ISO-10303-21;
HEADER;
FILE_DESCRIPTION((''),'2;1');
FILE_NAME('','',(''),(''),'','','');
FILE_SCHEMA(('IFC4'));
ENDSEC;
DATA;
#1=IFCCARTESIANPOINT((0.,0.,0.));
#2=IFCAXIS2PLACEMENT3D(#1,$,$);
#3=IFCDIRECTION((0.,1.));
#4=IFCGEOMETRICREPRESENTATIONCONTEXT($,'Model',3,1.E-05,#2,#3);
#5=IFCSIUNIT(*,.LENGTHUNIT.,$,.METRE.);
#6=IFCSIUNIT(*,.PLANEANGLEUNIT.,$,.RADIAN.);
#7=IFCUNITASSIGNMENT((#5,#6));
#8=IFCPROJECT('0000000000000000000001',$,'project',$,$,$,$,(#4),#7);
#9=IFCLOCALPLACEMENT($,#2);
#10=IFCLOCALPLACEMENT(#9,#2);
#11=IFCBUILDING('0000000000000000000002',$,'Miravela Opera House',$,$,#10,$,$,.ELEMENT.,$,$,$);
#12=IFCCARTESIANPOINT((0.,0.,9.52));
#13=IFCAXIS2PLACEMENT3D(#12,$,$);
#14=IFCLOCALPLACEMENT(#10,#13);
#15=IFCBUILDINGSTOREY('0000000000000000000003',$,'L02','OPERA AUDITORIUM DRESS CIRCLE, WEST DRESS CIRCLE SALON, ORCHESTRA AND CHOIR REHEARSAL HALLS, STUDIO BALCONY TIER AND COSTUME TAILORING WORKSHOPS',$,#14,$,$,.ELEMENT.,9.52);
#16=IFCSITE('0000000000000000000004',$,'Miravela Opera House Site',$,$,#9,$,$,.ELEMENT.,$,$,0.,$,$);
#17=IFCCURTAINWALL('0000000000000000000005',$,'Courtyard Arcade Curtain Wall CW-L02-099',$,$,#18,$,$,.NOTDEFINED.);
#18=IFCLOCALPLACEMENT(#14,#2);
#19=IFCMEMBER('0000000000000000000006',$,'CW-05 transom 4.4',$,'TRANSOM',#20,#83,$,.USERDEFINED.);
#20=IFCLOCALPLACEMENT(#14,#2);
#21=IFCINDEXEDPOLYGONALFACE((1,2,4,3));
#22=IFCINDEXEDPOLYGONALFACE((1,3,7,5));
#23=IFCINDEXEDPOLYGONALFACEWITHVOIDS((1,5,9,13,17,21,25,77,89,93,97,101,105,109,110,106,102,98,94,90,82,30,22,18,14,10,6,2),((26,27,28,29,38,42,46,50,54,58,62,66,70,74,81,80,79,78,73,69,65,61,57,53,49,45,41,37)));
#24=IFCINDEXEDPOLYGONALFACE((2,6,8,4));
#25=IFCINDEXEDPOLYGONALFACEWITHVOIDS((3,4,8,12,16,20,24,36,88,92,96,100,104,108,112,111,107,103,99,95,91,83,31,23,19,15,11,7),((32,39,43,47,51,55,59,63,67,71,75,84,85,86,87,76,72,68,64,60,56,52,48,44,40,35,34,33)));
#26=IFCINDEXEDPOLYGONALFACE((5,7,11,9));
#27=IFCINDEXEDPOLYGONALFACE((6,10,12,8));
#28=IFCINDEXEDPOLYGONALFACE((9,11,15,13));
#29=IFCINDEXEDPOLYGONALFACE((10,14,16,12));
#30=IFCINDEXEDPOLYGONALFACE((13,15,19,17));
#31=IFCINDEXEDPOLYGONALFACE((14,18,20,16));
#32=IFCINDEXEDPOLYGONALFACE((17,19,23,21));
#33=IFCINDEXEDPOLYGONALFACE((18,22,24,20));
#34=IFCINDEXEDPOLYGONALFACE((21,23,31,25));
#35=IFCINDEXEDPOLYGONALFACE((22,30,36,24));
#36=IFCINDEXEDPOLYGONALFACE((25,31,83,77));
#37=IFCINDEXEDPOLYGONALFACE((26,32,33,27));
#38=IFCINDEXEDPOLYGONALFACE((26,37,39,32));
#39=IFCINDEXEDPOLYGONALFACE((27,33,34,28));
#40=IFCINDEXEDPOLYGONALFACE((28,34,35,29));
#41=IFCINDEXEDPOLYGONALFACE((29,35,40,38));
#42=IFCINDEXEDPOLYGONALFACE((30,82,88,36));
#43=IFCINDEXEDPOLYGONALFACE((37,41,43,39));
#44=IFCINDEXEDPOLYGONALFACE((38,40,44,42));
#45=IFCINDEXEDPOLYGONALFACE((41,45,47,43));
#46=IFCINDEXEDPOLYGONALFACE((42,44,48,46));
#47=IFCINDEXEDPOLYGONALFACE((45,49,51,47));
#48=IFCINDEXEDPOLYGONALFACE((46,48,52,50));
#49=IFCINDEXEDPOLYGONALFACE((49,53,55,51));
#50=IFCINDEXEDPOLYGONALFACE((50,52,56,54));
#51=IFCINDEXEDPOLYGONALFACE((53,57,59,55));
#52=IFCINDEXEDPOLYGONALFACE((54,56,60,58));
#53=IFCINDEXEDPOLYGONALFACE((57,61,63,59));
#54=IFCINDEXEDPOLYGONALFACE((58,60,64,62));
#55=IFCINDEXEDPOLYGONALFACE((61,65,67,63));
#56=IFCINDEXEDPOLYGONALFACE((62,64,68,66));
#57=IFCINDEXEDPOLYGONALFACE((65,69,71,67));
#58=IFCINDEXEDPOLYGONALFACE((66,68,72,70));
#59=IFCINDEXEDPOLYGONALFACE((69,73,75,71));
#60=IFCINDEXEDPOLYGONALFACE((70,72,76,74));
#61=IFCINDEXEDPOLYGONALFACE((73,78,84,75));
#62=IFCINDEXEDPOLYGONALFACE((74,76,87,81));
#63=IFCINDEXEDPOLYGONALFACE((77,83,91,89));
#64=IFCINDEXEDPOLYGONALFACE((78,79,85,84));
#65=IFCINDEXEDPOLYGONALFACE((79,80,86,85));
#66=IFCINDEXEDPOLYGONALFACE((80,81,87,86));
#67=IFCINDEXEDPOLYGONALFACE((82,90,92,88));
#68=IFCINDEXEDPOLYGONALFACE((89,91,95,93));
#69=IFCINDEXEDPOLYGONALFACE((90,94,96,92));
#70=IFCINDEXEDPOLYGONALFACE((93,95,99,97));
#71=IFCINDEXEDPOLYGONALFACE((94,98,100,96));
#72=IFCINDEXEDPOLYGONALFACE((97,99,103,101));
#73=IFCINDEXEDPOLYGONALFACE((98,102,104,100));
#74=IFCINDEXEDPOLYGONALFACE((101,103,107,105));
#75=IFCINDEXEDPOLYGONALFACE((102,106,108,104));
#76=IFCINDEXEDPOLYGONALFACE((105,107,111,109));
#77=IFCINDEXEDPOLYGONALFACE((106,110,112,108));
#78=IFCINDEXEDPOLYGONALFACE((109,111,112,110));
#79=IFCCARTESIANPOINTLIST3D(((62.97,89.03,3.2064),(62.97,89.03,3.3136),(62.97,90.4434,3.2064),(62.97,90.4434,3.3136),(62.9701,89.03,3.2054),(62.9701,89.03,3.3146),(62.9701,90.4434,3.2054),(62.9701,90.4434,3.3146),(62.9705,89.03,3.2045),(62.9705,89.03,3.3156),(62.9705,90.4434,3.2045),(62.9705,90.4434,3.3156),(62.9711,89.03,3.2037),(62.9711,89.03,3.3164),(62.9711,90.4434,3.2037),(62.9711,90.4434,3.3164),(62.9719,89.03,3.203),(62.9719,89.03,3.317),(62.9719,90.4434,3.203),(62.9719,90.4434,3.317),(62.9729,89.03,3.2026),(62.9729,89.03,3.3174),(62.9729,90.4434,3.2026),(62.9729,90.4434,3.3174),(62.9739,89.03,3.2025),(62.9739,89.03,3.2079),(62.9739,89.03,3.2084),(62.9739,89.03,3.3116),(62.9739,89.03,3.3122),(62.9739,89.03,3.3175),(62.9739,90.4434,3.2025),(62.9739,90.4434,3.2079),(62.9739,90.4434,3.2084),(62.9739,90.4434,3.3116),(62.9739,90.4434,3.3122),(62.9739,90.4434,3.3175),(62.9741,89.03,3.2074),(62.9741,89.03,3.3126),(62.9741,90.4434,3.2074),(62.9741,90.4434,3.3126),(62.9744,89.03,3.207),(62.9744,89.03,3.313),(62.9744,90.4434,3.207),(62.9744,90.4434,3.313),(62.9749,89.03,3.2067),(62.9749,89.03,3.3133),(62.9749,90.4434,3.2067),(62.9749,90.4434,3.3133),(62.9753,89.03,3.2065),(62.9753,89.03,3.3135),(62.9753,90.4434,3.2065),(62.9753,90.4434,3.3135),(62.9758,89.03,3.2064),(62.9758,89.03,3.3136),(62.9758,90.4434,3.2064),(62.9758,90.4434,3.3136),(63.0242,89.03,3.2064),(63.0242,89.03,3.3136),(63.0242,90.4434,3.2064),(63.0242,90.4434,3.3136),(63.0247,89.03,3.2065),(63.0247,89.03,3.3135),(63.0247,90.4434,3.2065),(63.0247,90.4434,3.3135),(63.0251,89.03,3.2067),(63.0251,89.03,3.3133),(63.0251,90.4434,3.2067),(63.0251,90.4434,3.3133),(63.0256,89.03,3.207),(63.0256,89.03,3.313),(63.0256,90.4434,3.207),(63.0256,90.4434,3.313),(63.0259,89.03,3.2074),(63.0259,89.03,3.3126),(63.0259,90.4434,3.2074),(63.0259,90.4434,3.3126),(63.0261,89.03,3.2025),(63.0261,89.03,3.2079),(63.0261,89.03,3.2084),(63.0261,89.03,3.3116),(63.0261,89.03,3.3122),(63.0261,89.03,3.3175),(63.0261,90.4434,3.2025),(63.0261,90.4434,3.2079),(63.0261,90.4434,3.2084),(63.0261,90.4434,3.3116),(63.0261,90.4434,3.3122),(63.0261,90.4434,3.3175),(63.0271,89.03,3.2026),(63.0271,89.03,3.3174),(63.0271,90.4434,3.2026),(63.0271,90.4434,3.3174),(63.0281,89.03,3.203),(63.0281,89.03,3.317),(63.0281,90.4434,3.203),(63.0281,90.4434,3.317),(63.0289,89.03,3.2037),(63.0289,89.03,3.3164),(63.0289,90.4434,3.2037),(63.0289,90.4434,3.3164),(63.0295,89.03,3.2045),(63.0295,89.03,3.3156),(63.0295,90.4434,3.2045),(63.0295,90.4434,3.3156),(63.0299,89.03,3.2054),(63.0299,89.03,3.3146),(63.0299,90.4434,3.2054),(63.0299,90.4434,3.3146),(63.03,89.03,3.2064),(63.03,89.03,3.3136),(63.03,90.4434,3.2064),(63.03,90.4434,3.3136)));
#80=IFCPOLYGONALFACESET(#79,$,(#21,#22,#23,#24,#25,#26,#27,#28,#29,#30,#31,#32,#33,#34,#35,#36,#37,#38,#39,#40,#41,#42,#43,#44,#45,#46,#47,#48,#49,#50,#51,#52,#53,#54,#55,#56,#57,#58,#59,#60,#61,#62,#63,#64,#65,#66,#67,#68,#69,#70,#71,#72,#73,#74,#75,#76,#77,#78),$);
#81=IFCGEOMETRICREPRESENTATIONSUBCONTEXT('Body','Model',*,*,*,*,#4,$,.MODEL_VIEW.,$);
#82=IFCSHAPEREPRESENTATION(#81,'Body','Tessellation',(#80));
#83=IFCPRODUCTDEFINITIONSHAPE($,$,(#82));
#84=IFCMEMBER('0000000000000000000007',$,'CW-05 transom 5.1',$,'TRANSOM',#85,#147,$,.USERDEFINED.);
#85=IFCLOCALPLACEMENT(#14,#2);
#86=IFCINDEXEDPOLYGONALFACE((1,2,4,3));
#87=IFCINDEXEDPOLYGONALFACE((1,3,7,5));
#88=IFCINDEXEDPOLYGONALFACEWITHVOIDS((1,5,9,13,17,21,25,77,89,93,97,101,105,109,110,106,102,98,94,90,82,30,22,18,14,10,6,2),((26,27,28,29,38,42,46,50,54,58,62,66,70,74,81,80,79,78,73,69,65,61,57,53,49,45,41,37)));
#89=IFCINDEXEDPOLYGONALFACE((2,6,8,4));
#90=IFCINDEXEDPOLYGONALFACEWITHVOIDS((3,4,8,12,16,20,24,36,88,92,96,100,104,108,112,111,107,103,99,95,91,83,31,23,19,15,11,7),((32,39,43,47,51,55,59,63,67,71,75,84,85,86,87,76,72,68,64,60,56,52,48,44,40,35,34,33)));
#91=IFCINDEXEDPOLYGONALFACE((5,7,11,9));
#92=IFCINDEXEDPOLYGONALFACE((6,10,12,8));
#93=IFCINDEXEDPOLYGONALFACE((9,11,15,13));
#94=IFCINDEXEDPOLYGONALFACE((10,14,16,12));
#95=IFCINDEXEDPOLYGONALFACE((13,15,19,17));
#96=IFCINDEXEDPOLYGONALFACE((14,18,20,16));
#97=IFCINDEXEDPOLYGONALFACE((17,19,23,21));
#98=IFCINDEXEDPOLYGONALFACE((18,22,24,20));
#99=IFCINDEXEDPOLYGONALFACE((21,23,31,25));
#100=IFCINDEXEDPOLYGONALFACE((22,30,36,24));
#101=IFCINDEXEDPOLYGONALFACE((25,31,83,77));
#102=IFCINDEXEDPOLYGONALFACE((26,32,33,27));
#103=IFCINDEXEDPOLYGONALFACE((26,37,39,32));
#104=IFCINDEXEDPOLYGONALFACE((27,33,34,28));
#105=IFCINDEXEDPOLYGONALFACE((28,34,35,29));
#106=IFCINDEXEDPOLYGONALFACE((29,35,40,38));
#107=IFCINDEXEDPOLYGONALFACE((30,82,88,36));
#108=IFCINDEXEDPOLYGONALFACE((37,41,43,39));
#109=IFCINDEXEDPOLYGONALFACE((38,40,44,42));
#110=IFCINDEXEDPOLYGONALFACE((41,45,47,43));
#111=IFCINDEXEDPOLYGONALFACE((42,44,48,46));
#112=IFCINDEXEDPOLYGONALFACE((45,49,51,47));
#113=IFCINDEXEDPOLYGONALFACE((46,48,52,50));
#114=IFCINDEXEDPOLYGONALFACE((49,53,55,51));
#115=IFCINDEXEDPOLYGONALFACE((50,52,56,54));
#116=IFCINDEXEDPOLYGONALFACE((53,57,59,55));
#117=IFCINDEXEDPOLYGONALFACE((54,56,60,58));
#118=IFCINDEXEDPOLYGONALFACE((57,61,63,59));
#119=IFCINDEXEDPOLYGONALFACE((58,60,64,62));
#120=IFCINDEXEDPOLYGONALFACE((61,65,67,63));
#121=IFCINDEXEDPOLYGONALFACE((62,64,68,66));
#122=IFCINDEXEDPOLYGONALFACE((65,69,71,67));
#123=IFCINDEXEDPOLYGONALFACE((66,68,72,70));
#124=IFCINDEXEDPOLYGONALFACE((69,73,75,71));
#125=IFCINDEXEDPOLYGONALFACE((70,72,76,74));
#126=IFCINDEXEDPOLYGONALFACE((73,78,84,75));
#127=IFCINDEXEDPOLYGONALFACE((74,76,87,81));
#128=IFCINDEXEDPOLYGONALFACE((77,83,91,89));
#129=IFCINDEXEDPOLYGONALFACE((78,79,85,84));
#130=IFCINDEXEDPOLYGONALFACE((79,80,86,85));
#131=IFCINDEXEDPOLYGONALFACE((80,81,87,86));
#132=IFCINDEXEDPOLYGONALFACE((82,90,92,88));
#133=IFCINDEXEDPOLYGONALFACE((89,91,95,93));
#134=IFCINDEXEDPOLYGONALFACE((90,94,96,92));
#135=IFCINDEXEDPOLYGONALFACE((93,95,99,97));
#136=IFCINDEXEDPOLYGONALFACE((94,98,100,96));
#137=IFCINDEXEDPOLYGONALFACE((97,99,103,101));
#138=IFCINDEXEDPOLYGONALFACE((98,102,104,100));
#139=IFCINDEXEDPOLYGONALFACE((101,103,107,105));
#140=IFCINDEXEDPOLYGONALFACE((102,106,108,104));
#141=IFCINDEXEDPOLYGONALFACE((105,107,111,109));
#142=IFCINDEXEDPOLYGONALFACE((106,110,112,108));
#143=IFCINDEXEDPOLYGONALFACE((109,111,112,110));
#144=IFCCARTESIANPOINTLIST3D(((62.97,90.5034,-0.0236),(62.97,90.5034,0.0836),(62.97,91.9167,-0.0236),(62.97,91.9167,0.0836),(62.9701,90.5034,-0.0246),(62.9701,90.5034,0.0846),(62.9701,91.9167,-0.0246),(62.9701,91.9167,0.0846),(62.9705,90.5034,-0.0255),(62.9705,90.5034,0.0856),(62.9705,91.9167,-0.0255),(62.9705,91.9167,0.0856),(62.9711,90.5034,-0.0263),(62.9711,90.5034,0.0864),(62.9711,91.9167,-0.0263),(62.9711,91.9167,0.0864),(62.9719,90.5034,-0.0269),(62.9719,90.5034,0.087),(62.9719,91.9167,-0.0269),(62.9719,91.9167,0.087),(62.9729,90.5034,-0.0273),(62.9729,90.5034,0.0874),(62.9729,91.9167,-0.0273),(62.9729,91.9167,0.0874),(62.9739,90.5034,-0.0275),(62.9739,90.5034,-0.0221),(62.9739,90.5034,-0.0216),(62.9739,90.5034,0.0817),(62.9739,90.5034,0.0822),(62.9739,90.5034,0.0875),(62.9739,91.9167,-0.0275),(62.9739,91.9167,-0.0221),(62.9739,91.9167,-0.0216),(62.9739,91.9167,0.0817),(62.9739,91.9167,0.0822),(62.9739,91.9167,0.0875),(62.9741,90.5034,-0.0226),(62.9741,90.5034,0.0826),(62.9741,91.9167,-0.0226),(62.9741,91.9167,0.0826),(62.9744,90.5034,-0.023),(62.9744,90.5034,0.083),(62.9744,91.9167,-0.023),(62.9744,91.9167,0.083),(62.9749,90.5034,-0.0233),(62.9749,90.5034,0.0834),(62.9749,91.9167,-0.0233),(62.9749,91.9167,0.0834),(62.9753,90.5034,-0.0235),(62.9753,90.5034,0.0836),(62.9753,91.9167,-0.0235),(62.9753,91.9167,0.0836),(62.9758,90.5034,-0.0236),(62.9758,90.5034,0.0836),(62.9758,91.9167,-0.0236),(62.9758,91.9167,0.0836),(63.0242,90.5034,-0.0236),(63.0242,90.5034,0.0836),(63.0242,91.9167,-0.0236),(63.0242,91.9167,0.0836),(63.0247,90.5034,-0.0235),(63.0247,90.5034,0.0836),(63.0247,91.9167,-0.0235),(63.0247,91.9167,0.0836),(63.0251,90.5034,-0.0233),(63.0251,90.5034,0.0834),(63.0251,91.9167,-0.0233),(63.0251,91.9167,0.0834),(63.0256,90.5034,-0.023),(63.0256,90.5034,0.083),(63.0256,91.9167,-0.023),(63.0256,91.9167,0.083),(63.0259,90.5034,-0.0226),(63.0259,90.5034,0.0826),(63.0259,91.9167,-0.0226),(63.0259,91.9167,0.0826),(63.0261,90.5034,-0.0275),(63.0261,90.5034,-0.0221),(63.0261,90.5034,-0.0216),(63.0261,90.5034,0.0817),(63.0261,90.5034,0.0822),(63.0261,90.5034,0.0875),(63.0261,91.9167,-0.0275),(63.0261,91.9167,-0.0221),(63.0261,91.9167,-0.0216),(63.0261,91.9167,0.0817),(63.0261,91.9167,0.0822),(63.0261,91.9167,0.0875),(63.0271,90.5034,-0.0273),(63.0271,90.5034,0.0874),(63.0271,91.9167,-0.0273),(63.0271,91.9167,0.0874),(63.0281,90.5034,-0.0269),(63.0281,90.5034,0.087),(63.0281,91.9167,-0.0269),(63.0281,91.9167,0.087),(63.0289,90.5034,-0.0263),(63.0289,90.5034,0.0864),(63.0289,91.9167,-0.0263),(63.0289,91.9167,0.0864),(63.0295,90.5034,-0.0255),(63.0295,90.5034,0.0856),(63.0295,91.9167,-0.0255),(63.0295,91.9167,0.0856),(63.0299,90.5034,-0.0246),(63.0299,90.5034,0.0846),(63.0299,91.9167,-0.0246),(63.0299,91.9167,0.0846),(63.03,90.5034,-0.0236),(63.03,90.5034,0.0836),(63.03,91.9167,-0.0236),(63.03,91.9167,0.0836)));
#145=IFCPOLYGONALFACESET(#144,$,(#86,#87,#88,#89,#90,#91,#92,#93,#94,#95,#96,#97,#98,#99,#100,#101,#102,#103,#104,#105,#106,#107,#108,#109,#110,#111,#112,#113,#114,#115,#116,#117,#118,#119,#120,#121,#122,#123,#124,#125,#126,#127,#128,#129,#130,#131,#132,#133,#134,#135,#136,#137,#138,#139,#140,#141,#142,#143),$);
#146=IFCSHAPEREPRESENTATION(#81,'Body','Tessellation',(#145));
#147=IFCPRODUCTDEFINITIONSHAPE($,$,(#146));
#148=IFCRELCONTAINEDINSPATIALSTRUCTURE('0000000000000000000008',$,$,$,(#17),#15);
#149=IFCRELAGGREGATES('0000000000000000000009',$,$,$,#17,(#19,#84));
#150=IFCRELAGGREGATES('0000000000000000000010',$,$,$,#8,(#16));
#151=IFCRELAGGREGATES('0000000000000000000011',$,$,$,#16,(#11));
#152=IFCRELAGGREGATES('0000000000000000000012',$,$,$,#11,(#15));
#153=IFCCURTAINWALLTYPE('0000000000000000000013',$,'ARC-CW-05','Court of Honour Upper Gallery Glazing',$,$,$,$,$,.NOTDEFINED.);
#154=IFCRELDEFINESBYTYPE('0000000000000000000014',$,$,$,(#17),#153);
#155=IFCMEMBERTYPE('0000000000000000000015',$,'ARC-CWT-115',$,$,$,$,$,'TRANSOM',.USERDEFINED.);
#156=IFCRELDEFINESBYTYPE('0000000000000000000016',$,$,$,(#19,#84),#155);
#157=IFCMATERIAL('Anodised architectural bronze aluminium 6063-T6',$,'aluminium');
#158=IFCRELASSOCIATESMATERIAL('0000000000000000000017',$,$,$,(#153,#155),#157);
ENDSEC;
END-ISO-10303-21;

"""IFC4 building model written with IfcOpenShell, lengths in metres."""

from ifc_helpers import new_model, si_unit, direction, frame, origin, origin_2d, place, context, subcontext, project, spatial, hollow_rectangle, extrude, material, material_profile, profile_set, type_object, element, aggregate, save


model = new_model("IFC4")

# Units and contexts
model_context = context("Model", 3, precision=1e-05, world=origin(), true_north=direction((0.0, 1.0)))
body_context = subcontext(model_context, "Body", "Model", "MODEL_VIEW")
ifc_project = project(units=[si_unit("LENGTHUNIT", "METRE"), si_unit("PLANEANGLEUNIT", "RADIAN")], contexts=[model_context])

# Site, building, storey
site_placement = place(None, origin())
site = spatial("IfcSite", under=ifc_project, at=site_placement, Name="Miravela Opera House Site", CompositionType="ELEMENT", RefElevation=0.0)
building_placement = place(site_placement, origin())
building = spatial("IfcBuilding", under=site, at=building_placement, Name="Miravela Opera House", CompositionType="ELEMENT")
storey_placement = place(building_placement, frame((0.0, 0.0, 9.52)))
storey = spatial("IfcBuildingStorey", under=building, at=storey_placement, Name="L02", Description="OPERA AUDITORIUM DRESS CIRCLE, WEST DRESS CIRCLE SALON, ORCHESTRA AND CHOIR REHEARSAL HALLS, STUDIO BALCONY TIER AND COSTUME TAILORING WORKSHOPS", CompositionType="ELEMENT", Elevation=9.52)

# Curtain wall, members
ifc_material_1 = material(Name="Anodised architectural bronze aluminium 6063-T6", Category="aluminium")
curtain_wall_type = type_object("IfcCurtainWallType", Name="ARC-CW-05", Description="Court of Honour Upper Gallery Glazing", PredefinedType="NOTDEFINED", material=ifc_material_1)
curtain_wall_placement = place(storey_placement, origin())
curtain_wall = element("IfcCurtainWall", 1, at=curtain_wall_placement, inside=storey, type_object=curtain_wall_type, Name="Courtyard Arcade Curtain Wall CW-L02-099", PredefinedType="NOTDEFINED")
ifc_material_profile_1 = material_profile(ifc_material_1, hollow_rectangle(XDim=0.0601, YDim=0.115, WallThickness=0.0039, InnerFilletRadius=0.002, OuterFilletRadius=0.0039, at=origin_2d()), Name="CWT-60X115")
ifc_profile_set_1 = profile_set([ifc_material_profile_1])
member_type_1 = type_object("IfcMemberType", Name="ARC-CWT-115", ElementType="TRANSOM", PredefinedType="USERDEFINED", material=ifc_profile_set_1)
member_1_placement = place(storey_placement, frame((63.0, 89.03, 3.26), z_axis=(0.0, 1.0, 0.0), x_axis=(-1.0, 0.0, 0.0)))
member_1 = element("IfcMember", 2, at=member_1_placement, type_object=member_type_1, Name="CW-05 transom 4.4", ObjectType="TRANSOM", PredefinedType="USERDEFINED", context=body_context, shape_type="SweptSolid", body=[
    extrude(hollow_rectangle(XDim=0.0601, YDim=0.115, WallThickness=0.0039, InnerFilletRadius=0.002, OuterFilletRadius=0.0039, at=origin_2d()), origin(), (0.0, 0.0, 1.0), 1.4133),
])
member_2_placement = place(storey_placement, frame((63.0, 90.5034, 0.03), z_axis=(0.0, 1.0, 0.0), x_axis=(-1.0, 0.0, 0.0)))
member_2 = element("IfcMember", 3, at=member_2_placement, type_object=member_type_1, Name="CW-05 transom 5.1", ObjectType="TRANSOM", PredefinedType="USERDEFINED", context=body_context, shape_type="SweptSolid", body=[
    extrude(hollow_rectangle(XDim=0.0601, YDim=0.115, WallThickness=0.0039, InnerFilletRadius=0.002, OuterFilletRadius=0.0039, at=origin_2d()), origin(), (0.0, 0.0, 1.0), 1.4133),
])

aggregate(curtain_wall, [member_1, member_2])

save(model, "model.ifc")
